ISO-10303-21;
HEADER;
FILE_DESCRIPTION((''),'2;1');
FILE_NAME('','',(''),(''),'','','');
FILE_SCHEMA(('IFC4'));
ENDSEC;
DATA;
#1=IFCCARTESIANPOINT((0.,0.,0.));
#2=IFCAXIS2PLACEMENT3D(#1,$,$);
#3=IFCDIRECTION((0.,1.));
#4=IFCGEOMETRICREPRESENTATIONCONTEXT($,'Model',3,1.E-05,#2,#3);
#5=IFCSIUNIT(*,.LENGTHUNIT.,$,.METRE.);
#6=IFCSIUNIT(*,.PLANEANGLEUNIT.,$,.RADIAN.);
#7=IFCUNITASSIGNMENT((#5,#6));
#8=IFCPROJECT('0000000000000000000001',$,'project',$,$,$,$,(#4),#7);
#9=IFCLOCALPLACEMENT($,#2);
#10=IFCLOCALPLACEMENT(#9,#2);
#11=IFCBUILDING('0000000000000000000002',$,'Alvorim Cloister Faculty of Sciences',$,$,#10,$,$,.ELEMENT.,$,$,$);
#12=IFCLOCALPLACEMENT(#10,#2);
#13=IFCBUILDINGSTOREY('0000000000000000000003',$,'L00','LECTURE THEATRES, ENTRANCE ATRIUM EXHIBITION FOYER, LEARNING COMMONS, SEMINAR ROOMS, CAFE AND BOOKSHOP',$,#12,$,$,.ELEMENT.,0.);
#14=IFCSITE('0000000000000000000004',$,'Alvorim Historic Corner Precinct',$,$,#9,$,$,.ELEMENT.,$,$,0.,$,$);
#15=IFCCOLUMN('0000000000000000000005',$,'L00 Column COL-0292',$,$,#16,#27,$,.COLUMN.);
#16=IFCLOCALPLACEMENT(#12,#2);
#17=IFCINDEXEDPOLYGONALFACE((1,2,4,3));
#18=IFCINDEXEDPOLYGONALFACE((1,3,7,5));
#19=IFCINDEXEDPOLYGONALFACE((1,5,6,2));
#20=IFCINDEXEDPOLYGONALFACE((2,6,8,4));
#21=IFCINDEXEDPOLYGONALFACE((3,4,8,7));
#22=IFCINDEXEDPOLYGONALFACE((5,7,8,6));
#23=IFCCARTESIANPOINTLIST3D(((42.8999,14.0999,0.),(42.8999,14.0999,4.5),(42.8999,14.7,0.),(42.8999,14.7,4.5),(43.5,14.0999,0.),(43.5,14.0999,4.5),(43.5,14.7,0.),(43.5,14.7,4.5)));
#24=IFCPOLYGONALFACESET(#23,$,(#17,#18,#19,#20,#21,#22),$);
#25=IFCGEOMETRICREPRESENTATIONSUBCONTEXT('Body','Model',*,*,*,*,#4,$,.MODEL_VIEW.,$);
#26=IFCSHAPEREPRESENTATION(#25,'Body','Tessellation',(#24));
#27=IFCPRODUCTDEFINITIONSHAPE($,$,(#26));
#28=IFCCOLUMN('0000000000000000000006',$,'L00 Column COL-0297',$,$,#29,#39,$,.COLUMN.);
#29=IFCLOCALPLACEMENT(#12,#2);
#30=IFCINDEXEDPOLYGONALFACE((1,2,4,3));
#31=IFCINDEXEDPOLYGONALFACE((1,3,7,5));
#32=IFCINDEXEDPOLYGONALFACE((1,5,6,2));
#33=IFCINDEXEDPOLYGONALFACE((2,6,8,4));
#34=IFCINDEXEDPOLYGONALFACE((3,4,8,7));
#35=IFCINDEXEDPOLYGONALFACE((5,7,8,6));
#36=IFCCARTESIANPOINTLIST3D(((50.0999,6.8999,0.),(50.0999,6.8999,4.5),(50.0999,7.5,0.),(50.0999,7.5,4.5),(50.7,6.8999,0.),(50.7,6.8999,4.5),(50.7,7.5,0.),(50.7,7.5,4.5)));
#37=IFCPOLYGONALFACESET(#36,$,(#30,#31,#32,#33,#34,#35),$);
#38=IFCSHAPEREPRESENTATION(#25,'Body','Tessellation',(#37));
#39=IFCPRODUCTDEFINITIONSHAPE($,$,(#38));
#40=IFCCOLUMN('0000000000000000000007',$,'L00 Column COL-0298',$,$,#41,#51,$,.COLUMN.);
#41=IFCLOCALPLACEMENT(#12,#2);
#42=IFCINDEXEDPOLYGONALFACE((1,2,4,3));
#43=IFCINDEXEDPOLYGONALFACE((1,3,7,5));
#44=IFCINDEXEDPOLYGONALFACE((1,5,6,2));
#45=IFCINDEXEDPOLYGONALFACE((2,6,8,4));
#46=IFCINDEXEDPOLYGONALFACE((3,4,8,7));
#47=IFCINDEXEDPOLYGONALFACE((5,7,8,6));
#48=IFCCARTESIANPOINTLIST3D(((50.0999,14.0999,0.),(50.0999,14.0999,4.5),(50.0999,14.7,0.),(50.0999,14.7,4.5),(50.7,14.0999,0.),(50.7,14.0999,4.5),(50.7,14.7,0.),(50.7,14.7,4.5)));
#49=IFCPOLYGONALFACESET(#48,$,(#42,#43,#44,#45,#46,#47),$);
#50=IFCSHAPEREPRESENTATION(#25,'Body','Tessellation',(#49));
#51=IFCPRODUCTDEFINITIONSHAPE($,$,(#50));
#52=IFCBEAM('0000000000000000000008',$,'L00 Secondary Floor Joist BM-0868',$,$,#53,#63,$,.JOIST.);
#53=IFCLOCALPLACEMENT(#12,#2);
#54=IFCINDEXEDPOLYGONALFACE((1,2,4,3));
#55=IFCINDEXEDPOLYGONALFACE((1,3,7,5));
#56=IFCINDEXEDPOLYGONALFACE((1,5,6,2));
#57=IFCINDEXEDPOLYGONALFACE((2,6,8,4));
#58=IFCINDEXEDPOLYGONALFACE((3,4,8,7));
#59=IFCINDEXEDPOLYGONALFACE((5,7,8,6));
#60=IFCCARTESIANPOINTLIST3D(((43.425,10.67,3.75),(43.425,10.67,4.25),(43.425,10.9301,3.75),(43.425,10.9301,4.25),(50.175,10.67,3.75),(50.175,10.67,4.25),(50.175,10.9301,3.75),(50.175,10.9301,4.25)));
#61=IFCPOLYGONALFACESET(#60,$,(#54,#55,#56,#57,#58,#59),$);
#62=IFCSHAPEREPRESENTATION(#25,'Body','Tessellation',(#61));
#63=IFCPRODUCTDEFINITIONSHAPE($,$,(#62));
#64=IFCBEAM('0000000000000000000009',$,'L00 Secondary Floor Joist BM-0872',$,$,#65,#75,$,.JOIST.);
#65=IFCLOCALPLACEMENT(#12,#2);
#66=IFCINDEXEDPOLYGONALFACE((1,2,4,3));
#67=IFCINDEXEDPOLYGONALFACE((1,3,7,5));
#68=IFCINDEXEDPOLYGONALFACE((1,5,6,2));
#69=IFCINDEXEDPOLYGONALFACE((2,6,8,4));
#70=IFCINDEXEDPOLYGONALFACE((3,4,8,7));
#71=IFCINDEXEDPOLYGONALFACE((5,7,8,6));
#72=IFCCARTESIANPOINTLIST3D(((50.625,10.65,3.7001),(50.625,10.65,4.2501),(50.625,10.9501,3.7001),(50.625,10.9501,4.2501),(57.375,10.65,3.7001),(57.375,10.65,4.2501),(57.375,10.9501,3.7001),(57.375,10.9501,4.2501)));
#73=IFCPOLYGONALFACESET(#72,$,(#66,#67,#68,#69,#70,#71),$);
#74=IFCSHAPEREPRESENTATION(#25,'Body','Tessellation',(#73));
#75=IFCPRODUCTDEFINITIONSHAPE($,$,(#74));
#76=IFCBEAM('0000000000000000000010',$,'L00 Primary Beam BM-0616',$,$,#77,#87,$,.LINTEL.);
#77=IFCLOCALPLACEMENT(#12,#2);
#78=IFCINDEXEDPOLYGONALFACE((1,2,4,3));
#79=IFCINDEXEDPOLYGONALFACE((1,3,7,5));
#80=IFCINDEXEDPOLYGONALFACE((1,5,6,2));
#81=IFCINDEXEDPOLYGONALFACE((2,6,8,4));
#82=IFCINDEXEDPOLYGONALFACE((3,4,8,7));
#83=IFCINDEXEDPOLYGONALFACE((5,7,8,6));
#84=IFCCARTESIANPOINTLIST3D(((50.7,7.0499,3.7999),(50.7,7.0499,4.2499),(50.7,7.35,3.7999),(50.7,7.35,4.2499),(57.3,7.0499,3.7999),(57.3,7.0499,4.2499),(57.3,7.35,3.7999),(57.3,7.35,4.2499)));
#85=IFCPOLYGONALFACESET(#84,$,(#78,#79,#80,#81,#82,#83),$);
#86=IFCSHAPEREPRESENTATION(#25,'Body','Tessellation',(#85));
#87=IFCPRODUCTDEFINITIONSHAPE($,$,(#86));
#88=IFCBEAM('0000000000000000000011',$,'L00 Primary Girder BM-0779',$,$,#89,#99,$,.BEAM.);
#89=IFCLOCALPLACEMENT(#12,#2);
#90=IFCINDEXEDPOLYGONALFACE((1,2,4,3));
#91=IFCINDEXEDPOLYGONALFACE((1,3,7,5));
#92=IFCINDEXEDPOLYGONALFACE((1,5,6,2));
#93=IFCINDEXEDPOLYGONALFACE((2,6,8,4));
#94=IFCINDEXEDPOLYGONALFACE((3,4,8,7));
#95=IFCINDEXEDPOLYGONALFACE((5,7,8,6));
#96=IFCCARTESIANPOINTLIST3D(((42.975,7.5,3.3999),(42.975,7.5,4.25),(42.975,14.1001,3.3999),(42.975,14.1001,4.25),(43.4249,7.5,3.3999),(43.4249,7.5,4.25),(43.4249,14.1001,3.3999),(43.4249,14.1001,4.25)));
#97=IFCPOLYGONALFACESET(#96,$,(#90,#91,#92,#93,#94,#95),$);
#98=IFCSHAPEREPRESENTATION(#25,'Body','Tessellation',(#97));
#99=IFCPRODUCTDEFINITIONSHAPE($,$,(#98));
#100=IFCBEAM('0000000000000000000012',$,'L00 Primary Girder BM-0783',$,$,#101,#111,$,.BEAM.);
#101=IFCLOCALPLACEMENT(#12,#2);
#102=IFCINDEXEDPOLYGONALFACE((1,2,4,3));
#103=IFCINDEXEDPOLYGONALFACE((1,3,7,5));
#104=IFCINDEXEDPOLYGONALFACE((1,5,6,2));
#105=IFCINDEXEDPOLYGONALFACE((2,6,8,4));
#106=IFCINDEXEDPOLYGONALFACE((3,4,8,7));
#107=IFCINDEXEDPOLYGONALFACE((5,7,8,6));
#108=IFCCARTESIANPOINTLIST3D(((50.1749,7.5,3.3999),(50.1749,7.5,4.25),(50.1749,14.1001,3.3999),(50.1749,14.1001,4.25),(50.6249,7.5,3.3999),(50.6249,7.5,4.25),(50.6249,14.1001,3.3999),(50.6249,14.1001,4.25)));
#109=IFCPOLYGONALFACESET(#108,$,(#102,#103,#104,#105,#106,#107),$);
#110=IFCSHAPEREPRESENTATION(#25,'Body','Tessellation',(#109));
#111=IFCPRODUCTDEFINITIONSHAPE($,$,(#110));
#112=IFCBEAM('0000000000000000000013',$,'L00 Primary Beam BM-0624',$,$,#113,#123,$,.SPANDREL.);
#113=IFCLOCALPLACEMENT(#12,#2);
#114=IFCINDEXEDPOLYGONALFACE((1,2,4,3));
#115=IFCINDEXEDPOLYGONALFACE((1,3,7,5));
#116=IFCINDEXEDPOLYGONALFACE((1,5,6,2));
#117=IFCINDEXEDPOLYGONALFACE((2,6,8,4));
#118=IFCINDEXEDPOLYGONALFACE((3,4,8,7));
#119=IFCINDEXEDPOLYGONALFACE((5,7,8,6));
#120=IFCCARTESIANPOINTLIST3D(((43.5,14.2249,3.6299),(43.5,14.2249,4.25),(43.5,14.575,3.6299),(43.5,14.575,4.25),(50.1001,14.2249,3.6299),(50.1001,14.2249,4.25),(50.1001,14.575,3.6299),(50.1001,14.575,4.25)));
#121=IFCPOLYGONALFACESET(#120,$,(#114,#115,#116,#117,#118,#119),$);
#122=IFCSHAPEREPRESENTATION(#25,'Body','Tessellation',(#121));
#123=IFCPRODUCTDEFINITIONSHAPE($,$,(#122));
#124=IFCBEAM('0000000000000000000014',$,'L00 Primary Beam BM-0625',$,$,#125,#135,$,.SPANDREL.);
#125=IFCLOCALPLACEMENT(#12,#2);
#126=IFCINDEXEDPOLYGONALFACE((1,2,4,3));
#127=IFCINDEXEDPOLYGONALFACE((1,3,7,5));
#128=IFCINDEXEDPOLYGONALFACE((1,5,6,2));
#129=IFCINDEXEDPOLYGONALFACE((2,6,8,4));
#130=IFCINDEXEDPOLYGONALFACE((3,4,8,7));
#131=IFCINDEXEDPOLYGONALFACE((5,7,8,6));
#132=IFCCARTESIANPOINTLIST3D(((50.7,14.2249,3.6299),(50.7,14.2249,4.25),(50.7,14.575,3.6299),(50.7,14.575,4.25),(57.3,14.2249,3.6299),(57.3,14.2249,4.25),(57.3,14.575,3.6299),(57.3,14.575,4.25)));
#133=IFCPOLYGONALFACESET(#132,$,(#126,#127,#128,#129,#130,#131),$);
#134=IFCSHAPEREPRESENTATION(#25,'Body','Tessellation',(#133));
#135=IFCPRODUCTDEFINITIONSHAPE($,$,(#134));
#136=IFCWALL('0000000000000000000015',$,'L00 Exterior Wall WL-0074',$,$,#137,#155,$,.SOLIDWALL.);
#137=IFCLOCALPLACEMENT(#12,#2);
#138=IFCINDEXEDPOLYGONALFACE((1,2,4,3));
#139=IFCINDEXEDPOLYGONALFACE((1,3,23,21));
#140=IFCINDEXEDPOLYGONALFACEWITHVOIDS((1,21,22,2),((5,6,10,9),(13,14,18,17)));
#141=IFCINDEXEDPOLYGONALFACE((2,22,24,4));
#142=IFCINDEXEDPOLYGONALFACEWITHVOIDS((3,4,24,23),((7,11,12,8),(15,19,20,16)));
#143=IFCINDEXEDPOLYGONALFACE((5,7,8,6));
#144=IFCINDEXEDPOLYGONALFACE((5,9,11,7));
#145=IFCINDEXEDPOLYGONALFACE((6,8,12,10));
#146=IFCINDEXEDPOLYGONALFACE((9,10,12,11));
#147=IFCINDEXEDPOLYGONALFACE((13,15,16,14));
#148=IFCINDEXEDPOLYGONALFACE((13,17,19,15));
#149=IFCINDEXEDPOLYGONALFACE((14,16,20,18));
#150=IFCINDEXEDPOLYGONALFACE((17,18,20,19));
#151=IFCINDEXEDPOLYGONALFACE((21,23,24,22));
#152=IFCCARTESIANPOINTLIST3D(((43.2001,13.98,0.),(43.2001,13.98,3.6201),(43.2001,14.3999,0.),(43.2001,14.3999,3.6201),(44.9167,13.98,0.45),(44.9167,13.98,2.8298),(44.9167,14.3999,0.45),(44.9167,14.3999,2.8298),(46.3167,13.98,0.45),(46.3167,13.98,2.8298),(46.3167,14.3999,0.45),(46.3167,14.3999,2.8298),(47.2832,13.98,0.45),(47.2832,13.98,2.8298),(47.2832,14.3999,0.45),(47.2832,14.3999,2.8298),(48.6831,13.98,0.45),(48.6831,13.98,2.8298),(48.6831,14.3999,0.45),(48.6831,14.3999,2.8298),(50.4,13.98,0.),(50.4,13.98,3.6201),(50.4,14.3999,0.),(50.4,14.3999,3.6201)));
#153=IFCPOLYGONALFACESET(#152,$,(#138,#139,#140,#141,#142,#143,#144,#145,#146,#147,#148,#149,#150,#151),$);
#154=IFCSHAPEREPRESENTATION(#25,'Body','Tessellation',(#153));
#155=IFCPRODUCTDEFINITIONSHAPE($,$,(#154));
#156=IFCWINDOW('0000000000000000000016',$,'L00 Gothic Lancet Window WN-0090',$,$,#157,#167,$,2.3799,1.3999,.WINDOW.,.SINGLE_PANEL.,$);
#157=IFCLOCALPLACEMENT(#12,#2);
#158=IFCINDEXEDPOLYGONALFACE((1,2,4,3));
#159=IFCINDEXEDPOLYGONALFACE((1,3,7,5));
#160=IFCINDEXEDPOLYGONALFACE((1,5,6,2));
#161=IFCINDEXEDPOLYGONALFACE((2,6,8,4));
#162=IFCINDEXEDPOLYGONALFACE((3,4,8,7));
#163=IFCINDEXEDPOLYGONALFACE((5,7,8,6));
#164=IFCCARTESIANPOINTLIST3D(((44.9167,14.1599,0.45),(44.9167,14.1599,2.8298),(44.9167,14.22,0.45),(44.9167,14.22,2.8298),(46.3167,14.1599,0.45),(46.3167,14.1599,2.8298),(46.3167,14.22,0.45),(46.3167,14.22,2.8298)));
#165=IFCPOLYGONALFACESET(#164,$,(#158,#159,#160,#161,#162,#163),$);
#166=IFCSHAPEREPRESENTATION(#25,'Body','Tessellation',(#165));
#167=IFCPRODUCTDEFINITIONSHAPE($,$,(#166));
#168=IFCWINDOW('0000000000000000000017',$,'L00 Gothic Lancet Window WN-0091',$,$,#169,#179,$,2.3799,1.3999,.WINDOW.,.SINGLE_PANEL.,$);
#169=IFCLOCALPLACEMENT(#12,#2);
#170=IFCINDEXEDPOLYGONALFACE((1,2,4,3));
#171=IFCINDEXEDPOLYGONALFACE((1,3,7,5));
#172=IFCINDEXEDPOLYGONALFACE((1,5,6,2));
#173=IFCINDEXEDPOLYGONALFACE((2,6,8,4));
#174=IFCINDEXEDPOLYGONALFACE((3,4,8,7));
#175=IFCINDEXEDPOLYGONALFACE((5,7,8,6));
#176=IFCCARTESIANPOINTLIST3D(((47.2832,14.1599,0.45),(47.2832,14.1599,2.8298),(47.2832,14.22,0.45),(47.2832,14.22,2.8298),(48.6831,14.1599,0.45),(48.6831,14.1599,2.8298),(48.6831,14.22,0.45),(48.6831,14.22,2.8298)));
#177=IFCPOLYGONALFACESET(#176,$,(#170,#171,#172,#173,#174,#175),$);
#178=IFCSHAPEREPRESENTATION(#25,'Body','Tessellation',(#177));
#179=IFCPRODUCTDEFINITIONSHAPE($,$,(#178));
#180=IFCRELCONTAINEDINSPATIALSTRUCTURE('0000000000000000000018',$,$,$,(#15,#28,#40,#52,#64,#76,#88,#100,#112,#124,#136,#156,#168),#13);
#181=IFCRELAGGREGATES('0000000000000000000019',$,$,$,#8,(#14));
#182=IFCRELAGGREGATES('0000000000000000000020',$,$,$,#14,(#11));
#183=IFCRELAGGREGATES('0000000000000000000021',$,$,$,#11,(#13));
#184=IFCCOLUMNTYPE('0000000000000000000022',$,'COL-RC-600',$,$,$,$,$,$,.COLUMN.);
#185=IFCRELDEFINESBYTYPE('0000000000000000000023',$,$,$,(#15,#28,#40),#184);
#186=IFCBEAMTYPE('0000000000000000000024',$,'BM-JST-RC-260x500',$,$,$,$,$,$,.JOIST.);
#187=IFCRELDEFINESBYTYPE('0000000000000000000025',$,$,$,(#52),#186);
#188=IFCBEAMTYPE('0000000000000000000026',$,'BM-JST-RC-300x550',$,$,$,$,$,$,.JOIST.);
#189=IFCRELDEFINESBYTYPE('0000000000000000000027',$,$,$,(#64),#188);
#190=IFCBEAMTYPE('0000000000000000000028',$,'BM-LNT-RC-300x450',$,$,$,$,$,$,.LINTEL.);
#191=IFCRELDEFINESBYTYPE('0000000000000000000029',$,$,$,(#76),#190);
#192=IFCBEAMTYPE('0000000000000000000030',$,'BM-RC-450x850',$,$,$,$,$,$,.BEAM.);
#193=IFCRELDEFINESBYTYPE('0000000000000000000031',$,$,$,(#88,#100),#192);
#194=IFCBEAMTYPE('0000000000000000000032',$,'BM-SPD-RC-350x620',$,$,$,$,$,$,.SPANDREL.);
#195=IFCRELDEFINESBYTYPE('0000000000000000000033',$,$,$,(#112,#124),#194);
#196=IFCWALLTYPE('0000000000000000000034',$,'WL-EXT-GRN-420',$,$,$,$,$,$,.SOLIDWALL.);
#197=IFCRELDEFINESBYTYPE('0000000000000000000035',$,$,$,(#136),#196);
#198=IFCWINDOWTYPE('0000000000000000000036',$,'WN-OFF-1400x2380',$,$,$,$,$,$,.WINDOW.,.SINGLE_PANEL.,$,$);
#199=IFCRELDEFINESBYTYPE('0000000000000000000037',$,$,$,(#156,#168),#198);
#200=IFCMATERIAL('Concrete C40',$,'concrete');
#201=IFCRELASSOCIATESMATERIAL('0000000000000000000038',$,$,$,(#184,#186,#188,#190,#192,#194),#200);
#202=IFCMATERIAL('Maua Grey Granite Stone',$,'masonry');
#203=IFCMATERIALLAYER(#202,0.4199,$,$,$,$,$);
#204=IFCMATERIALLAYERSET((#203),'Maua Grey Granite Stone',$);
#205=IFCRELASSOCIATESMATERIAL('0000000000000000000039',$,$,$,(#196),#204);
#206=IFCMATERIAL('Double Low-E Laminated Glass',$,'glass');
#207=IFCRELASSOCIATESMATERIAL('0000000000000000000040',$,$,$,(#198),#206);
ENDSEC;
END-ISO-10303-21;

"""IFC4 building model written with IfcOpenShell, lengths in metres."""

from ifc_helpers import new_model, si_unit, direction, frame, frame_2d, origin, origin_2d, place, context, subcontext, project, spatial, rectangle, extrude, material, layer, layer_set, material_profile, profile_set, type_object, element, fill, save


model = new_model("IFC4")

# Units and contexts
model_context = context("Model", 3, precision=1e-05, world=origin(), true_north=direction((0.0, 1.0)))
body_context = subcontext(model_context, "Body", "Model", "MODEL_VIEW")
ifc_project = project(units=[si_unit("LENGTHUNIT", "METRE"), si_unit("PLANEANGLEUNIT", "RADIAN")], contexts=[model_context])

# Site, building, storey
site_placement = place(None, origin())
site = spatial("IfcSite", under=ifc_project, at=site_placement, Name="Alvorim Historic Corner Precinct", CompositionType="ELEMENT", RefElevation=0.0)
building_placement = place(site_placement, origin())
building = spatial("IfcBuilding", under=site, at=building_placement, Name="Alvorim Cloister Faculty of Sciences", CompositionType="ELEMENT")
storey_placement = place(building_placement, origin())
storey = spatial("IfcBuildingStorey", under=building, at=storey_placement, Name="L00", Description="LECTURE THEATRES, ENTRANCE ATRIUM EXHIBITION FOYER, LEARNING COMMONS, SEMINAR ROOMS, CAFE AND BOOKSHOP", CompositionType="ELEMENT", Elevation=0.0)

# Columns
ifc_material_1 = material(Name="Concrete C40", Category="concrete")
ifc_material_profile_1 = material_profile(ifc_material_1, rectangle(XDim=0.6001, YDim=0.6001, at=origin_2d()), Name="RC40-COL-600x600")
ifc_profile_set_1 = profile_set([ifc_material_profile_1], Name="Concrete C40")
column_type = type_object("IfcColumnType", Name="COL-RC-600", PredefinedType="COLUMN", material=ifc_profile_set_1)
for number, where, z_axis, x_axis, name in (
    (1, (43.2, 14.3999, 0.0), (0.0, 0.0, 1.0), (1.0, 0.0, 0.0), "L00 Column COL-0292"),
    (2, (50.3999, 7.2, 0.0), (0.0, 0.0, 1.0), (1.0, 0.0, 0.0), "L00 Column COL-0297"),
    (3, (50.3999, 14.3999, 0.0), (0.0, 0.0, 1.0), (1.0, 0.0, 0.0), "L00 Column COL-0298"),
):
    element("IfcColumn", number, at=place(storey_placement, frame(where, z_axis=z_axis, x_axis=x_axis)), inside=storey, type_object=column_type, Name=name, PredefinedType="COLUMN", context=body_context, shape_type="SweptSolid", body=[
        extrude(rectangle(XDim=0.6001, YDim=0.6001, at=origin_2d()), origin(), (0.0, 0.0, 1.0), 4.5),
    ])

# Beams
ifc_material_profile_2 = material_profile(ifc_material_1, rectangle(XDim=0.26, YDim=0.5, at=origin_2d()), Name="RC40-JST-260x500")
ifc_profile_set_2 = profile_set([ifc_material_profile_2], Name="Concrete C40")
beam_type_1 = type_object("IfcBeamType", Name="BM-JST-RC-260x500", PredefinedType="JOIST", material=ifc_profile_set_2)
beam_1_placement = place(storey_placement, frame((43.425, 10.8, 4.0), z_axis=(1.0, 0.0, 0.0), x_axis=(0.0, 1.0, 0.0)))
element("IfcBeam", 4, at=beam_1_placement, inside=storey, type_object=beam_type_1, Name="L00 Secondary Floor Joist BM-0868", PredefinedType="JOIST", context=body_context, shape_type="SweptSolid", body=[
    extrude(rectangle(XDim=0.26, YDim=0.5, at=origin_2d()), origin(), (0.0, 0.0, 1.0), 6.75),
])
ifc_material_profile_3 = material_profile(ifc_material_1, rectangle(XDim=0.3, YDim=0.55, at=origin_2d()), Name="RC40-JST-300x550")
ifc_profile_set_3 = profile_set([ifc_material_profile_3], Name="Concrete C40")
beam_type_2 = type_object("IfcBeamType", Name="BM-JST-RC-300x550", PredefinedType="JOIST", material=ifc_profile_set_3)
beam_2_placement = place(storey_placement, frame((50.625, 10.8, 3.9751), z_axis=(1.0, 0.0, 0.0), x_axis=(0.0, 1.0, 0.0)))
element("IfcBeam", 5, at=beam_2_placement, inside=storey, type_object=beam_type_2, Name="L00 Secondary Floor Joist BM-0872", PredefinedType="JOIST", context=body_context, shape_type="SweptSolid", body=[
    extrude(rectangle(XDim=0.3, YDim=0.55, at=origin_2d()), origin(), (0.0, 0.0, 1.0), 6.75),
])
ifc_material_profile_4 = material_profile(ifc_material_1, rectangle(XDim=0.3, YDim=0.45, at=origin_2d()), Name="RC40-LNT-300x450")
ifc_profile_set_4 = profile_set([ifc_material_profile_4], Name="Concrete C40")
beam_type_3 = type_object("IfcBeamType", Name="BM-LNT-RC-300x450", PredefinedType="LINTEL", material=ifc_profile_set_4)
beam_3_placement = place(storey_placement, frame((50.7, 7.2, 4.0249), z_axis=(1.0, 0.0, 0.0), x_axis=(0.0, 1.0, 0.0)))
element("IfcBeam", 6, at=beam_3_placement, inside=storey, type_object=beam_type_3, Name="L00 Primary Beam BM-0616", PredefinedType="LINTEL", context=body_context, shape_type="SweptSolid", body=[
    extrude(rectangle(XDim=0.3, YDim=0.45, at=origin_2d()), origin(), (0.0, 0.0, 1.0), 6.6001),
])
ifc_material_profile_5 = material_profile(ifc_material_1, rectangle(XDim=0.45, YDim=0.8501, at=origin_2d()), Name="RC40-BM-450x850")
ifc_profile_set_5 = profile_set([ifc_material_profile_5], Name="Concrete C40")
beam_type_4 = type_object("IfcBeamType", Name="BM-RC-450x850", PredefinedType="BEAM", material=ifc_profile_set_5)
for number, where, z_axis, x_axis, name in (
    (7, (43.2, 7.5, 3.825), (0.0, 1.0, 0.0), (-1.0, 0.0, 0.0), "L00 Primary Girder BM-0779"),
    (8, (50.3999, 7.5, 3.825), (0.0, 1.0, 0.0), (-1.0, 0.0, 0.0), "L00 Primary Girder BM-0783"),
):
    element("IfcBeam", number, at=place(storey_placement, frame(where, z_axis=z_axis, x_axis=x_axis)), inside=storey, type_object=beam_type_4, Name=name, PredefinedType="BEAM", context=body_context, shape_type="SweptSolid", body=[
        extrude(rectangle(XDim=0.45, YDim=0.8501, at=origin_2d()), origin(), (0.0, 0.0, 1.0), 6.6001),
    ])
ifc_material_profile_6 = material_profile(ifc_material_1, rectangle(XDim=0.3501, YDim=0.6201, at=origin_2d()), Name="RC40-SPD-350x620")
ifc_profile_set_6 = profile_set([ifc_material_profile_6], Name="Concrete C40")
beam_type_5 = type_object("IfcBeamType", Name="BM-SPD-RC-350x620", PredefinedType="SPANDREL", material=ifc_profile_set_6)
for number, where, z_axis, x_axis, name in (
    (9, (43.5, 14.3999, 3.9399), (1.0, 0.0, 0.0), (0.0, 1.0, 0.0), "L00 Primary Beam BM-0624"),
    (10, (50.7, 14.3999, 3.9399), (1.0, 0.0, 0.0), (0.0, 1.0, 0.0), "L00 Primary Beam BM-0625"),
):
    element("IfcBeam", number, at=place(storey_placement, frame(where, z_axis=z_axis, x_axis=x_axis)), inside=storey, type_object=beam_type_5, Name=name, PredefinedType="SPANDREL", context=body_context, shape_type="SweptSolid", body=[
        extrude(rectangle(XDim=0.3501, YDim=0.6201, at=origin_2d()), origin(), (0.0, 0.0, 1.0), 6.6001),
    ])

# Wall, openings, windows
ifc_material_2 = material(Name="Maua Grey Granite Stone", Category="masonry")
ifc_layer_1 = layer(ifc_material_2, 0.4199)
ifc_layer_set_1 = layer_set([ifc_layer_1], Name="Maua Grey Granite Stone")
wall_type_1 = type_object("IfcWallType", Name="WL-EXT-GRN-420", PredefinedType="SOLIDWALL", material=ifc_layer_set_1)
wall_1_placement = place(storey_placement, frame((43.2, 14.1899, 0.0), z_axis=(0.0, 0.0, 1.0), x_axis=(1.0, 0.0, 0.0)))
wall_1 = element("IfcWall", 11, at=wall_1_placement, inside=storey, type_object=wall_type_1, Name="L00 Exterior Wall WL-0074", PredefinedType="SOLIDWALL", context=body_context, shape_type="SweptSolid", body=[
    extrude(rectangle(XDim=7.2, YDim=0.4199, at=frame_2d((3.6001, 0.0))), origin(), (0.0, 0.0, 1.0), 3.6201),
])
opening_1_placement = place(wall_1_placement, frame((1.7168, 0.0, 0.45)))
opening_1 = element("IfcOpeningElement", 12, at=opening_1_placement, cuts=wall_1, PredefinedType="OPENING", context=body_context, shape_type="SweptSolid", body=[
    extrude(rectangle(XDim=1.3999, YDim=2.3799, at=frame_2d((0.7, 1.1899))), frame((0.0, 0.2219, 0.0), z_axis=(0.0, -1.0, 0.0), x_axis=(1.0, 0.0, 0.0)), (0.0, 0.0, 1.0), 0.4438),
])
opening_2_placement = place(wall_1_placement, frame((4.0833, 0.0, 0.45)))
opening_2 = element("IfcOpeningElement", 13, at=opening_2_placement, cuts=wall_1, PredefinedType="OPENING", context=body_context, shape_type="SweptSolid", body=[
    extrude(rectangle(XDim=1.3999, YDim=2.3799, at=frame_2d((0.7, 1.1899))), frame((0.0, 0.2219, 0.0), z_axis=(0.0, -1.0, 0.0), x_axis=(1.0, 0.0, 0.0)), (0.0, 0.0, 1.0), 0.4438),
])
ifc_material_3 = material(Name="Double Low-E Laminated Glass", Category="glass")
window_type = type_object("IfcWindowType", Name="WN-OFF-1400x2380", PartitioningType="SINGLE_PANEL", PredefinedType="WINDOW", material=ifc_material_3)
window_1_placement = place(opening_1_placement, origin())
window_1 = element("IfcWindow", 14, at=window_1_placement, inside=storey, type_object=window_type, Name="L00 Gothic Lancet Window WN-0090", OverallHeight=2.3799, OverallWidth=1.3999, PartitioningType="SINGLE_PANEL", PredefinedType="WINDOW", context=body_context, shape_type="SweptSolid", body=[
    extrude(rectangle(XDim=1.3999, YDim=2.3799, at=frame_2d((0.7, 1.1899))), frame((0.0, 0.03, 0.0), z_axis=(0.0, -1.0, 0.0), x_axis=(1.0, 0.0, 0.0)), (0.0, 0.0, 1.0), 0.0601),
])
fill(opening_1, window_1)
window_2_placement = place(opening_2_placement, origin())
window_2 = element("IfcWindow", 15, at=window_2_placement, inside=storey, type_object=window_type, Name="L00 Gothic Lancet Window WN-0091", OverallHeight=2.3799, OverallWidth=1.3999, PartitioningType="SINGLE_PANEL", PredefinedType="WINDOW", context=body_context, shape_type="SweptSolid", body=[
    extrude(rectangle(XDim=1.3999, YDim=2.3799, at=frame_2d((0.7, 1.1899))), frame((0.0, 0.03, 0.0), z_axis=(0.0, -1.0, 0.0), x_axis=(1.0, 0.0, 0.0)), (0.0, 0.0, 1.0), 0.0601),
])
fill(opening_2, window_2)

save(model, "model.ifc")
